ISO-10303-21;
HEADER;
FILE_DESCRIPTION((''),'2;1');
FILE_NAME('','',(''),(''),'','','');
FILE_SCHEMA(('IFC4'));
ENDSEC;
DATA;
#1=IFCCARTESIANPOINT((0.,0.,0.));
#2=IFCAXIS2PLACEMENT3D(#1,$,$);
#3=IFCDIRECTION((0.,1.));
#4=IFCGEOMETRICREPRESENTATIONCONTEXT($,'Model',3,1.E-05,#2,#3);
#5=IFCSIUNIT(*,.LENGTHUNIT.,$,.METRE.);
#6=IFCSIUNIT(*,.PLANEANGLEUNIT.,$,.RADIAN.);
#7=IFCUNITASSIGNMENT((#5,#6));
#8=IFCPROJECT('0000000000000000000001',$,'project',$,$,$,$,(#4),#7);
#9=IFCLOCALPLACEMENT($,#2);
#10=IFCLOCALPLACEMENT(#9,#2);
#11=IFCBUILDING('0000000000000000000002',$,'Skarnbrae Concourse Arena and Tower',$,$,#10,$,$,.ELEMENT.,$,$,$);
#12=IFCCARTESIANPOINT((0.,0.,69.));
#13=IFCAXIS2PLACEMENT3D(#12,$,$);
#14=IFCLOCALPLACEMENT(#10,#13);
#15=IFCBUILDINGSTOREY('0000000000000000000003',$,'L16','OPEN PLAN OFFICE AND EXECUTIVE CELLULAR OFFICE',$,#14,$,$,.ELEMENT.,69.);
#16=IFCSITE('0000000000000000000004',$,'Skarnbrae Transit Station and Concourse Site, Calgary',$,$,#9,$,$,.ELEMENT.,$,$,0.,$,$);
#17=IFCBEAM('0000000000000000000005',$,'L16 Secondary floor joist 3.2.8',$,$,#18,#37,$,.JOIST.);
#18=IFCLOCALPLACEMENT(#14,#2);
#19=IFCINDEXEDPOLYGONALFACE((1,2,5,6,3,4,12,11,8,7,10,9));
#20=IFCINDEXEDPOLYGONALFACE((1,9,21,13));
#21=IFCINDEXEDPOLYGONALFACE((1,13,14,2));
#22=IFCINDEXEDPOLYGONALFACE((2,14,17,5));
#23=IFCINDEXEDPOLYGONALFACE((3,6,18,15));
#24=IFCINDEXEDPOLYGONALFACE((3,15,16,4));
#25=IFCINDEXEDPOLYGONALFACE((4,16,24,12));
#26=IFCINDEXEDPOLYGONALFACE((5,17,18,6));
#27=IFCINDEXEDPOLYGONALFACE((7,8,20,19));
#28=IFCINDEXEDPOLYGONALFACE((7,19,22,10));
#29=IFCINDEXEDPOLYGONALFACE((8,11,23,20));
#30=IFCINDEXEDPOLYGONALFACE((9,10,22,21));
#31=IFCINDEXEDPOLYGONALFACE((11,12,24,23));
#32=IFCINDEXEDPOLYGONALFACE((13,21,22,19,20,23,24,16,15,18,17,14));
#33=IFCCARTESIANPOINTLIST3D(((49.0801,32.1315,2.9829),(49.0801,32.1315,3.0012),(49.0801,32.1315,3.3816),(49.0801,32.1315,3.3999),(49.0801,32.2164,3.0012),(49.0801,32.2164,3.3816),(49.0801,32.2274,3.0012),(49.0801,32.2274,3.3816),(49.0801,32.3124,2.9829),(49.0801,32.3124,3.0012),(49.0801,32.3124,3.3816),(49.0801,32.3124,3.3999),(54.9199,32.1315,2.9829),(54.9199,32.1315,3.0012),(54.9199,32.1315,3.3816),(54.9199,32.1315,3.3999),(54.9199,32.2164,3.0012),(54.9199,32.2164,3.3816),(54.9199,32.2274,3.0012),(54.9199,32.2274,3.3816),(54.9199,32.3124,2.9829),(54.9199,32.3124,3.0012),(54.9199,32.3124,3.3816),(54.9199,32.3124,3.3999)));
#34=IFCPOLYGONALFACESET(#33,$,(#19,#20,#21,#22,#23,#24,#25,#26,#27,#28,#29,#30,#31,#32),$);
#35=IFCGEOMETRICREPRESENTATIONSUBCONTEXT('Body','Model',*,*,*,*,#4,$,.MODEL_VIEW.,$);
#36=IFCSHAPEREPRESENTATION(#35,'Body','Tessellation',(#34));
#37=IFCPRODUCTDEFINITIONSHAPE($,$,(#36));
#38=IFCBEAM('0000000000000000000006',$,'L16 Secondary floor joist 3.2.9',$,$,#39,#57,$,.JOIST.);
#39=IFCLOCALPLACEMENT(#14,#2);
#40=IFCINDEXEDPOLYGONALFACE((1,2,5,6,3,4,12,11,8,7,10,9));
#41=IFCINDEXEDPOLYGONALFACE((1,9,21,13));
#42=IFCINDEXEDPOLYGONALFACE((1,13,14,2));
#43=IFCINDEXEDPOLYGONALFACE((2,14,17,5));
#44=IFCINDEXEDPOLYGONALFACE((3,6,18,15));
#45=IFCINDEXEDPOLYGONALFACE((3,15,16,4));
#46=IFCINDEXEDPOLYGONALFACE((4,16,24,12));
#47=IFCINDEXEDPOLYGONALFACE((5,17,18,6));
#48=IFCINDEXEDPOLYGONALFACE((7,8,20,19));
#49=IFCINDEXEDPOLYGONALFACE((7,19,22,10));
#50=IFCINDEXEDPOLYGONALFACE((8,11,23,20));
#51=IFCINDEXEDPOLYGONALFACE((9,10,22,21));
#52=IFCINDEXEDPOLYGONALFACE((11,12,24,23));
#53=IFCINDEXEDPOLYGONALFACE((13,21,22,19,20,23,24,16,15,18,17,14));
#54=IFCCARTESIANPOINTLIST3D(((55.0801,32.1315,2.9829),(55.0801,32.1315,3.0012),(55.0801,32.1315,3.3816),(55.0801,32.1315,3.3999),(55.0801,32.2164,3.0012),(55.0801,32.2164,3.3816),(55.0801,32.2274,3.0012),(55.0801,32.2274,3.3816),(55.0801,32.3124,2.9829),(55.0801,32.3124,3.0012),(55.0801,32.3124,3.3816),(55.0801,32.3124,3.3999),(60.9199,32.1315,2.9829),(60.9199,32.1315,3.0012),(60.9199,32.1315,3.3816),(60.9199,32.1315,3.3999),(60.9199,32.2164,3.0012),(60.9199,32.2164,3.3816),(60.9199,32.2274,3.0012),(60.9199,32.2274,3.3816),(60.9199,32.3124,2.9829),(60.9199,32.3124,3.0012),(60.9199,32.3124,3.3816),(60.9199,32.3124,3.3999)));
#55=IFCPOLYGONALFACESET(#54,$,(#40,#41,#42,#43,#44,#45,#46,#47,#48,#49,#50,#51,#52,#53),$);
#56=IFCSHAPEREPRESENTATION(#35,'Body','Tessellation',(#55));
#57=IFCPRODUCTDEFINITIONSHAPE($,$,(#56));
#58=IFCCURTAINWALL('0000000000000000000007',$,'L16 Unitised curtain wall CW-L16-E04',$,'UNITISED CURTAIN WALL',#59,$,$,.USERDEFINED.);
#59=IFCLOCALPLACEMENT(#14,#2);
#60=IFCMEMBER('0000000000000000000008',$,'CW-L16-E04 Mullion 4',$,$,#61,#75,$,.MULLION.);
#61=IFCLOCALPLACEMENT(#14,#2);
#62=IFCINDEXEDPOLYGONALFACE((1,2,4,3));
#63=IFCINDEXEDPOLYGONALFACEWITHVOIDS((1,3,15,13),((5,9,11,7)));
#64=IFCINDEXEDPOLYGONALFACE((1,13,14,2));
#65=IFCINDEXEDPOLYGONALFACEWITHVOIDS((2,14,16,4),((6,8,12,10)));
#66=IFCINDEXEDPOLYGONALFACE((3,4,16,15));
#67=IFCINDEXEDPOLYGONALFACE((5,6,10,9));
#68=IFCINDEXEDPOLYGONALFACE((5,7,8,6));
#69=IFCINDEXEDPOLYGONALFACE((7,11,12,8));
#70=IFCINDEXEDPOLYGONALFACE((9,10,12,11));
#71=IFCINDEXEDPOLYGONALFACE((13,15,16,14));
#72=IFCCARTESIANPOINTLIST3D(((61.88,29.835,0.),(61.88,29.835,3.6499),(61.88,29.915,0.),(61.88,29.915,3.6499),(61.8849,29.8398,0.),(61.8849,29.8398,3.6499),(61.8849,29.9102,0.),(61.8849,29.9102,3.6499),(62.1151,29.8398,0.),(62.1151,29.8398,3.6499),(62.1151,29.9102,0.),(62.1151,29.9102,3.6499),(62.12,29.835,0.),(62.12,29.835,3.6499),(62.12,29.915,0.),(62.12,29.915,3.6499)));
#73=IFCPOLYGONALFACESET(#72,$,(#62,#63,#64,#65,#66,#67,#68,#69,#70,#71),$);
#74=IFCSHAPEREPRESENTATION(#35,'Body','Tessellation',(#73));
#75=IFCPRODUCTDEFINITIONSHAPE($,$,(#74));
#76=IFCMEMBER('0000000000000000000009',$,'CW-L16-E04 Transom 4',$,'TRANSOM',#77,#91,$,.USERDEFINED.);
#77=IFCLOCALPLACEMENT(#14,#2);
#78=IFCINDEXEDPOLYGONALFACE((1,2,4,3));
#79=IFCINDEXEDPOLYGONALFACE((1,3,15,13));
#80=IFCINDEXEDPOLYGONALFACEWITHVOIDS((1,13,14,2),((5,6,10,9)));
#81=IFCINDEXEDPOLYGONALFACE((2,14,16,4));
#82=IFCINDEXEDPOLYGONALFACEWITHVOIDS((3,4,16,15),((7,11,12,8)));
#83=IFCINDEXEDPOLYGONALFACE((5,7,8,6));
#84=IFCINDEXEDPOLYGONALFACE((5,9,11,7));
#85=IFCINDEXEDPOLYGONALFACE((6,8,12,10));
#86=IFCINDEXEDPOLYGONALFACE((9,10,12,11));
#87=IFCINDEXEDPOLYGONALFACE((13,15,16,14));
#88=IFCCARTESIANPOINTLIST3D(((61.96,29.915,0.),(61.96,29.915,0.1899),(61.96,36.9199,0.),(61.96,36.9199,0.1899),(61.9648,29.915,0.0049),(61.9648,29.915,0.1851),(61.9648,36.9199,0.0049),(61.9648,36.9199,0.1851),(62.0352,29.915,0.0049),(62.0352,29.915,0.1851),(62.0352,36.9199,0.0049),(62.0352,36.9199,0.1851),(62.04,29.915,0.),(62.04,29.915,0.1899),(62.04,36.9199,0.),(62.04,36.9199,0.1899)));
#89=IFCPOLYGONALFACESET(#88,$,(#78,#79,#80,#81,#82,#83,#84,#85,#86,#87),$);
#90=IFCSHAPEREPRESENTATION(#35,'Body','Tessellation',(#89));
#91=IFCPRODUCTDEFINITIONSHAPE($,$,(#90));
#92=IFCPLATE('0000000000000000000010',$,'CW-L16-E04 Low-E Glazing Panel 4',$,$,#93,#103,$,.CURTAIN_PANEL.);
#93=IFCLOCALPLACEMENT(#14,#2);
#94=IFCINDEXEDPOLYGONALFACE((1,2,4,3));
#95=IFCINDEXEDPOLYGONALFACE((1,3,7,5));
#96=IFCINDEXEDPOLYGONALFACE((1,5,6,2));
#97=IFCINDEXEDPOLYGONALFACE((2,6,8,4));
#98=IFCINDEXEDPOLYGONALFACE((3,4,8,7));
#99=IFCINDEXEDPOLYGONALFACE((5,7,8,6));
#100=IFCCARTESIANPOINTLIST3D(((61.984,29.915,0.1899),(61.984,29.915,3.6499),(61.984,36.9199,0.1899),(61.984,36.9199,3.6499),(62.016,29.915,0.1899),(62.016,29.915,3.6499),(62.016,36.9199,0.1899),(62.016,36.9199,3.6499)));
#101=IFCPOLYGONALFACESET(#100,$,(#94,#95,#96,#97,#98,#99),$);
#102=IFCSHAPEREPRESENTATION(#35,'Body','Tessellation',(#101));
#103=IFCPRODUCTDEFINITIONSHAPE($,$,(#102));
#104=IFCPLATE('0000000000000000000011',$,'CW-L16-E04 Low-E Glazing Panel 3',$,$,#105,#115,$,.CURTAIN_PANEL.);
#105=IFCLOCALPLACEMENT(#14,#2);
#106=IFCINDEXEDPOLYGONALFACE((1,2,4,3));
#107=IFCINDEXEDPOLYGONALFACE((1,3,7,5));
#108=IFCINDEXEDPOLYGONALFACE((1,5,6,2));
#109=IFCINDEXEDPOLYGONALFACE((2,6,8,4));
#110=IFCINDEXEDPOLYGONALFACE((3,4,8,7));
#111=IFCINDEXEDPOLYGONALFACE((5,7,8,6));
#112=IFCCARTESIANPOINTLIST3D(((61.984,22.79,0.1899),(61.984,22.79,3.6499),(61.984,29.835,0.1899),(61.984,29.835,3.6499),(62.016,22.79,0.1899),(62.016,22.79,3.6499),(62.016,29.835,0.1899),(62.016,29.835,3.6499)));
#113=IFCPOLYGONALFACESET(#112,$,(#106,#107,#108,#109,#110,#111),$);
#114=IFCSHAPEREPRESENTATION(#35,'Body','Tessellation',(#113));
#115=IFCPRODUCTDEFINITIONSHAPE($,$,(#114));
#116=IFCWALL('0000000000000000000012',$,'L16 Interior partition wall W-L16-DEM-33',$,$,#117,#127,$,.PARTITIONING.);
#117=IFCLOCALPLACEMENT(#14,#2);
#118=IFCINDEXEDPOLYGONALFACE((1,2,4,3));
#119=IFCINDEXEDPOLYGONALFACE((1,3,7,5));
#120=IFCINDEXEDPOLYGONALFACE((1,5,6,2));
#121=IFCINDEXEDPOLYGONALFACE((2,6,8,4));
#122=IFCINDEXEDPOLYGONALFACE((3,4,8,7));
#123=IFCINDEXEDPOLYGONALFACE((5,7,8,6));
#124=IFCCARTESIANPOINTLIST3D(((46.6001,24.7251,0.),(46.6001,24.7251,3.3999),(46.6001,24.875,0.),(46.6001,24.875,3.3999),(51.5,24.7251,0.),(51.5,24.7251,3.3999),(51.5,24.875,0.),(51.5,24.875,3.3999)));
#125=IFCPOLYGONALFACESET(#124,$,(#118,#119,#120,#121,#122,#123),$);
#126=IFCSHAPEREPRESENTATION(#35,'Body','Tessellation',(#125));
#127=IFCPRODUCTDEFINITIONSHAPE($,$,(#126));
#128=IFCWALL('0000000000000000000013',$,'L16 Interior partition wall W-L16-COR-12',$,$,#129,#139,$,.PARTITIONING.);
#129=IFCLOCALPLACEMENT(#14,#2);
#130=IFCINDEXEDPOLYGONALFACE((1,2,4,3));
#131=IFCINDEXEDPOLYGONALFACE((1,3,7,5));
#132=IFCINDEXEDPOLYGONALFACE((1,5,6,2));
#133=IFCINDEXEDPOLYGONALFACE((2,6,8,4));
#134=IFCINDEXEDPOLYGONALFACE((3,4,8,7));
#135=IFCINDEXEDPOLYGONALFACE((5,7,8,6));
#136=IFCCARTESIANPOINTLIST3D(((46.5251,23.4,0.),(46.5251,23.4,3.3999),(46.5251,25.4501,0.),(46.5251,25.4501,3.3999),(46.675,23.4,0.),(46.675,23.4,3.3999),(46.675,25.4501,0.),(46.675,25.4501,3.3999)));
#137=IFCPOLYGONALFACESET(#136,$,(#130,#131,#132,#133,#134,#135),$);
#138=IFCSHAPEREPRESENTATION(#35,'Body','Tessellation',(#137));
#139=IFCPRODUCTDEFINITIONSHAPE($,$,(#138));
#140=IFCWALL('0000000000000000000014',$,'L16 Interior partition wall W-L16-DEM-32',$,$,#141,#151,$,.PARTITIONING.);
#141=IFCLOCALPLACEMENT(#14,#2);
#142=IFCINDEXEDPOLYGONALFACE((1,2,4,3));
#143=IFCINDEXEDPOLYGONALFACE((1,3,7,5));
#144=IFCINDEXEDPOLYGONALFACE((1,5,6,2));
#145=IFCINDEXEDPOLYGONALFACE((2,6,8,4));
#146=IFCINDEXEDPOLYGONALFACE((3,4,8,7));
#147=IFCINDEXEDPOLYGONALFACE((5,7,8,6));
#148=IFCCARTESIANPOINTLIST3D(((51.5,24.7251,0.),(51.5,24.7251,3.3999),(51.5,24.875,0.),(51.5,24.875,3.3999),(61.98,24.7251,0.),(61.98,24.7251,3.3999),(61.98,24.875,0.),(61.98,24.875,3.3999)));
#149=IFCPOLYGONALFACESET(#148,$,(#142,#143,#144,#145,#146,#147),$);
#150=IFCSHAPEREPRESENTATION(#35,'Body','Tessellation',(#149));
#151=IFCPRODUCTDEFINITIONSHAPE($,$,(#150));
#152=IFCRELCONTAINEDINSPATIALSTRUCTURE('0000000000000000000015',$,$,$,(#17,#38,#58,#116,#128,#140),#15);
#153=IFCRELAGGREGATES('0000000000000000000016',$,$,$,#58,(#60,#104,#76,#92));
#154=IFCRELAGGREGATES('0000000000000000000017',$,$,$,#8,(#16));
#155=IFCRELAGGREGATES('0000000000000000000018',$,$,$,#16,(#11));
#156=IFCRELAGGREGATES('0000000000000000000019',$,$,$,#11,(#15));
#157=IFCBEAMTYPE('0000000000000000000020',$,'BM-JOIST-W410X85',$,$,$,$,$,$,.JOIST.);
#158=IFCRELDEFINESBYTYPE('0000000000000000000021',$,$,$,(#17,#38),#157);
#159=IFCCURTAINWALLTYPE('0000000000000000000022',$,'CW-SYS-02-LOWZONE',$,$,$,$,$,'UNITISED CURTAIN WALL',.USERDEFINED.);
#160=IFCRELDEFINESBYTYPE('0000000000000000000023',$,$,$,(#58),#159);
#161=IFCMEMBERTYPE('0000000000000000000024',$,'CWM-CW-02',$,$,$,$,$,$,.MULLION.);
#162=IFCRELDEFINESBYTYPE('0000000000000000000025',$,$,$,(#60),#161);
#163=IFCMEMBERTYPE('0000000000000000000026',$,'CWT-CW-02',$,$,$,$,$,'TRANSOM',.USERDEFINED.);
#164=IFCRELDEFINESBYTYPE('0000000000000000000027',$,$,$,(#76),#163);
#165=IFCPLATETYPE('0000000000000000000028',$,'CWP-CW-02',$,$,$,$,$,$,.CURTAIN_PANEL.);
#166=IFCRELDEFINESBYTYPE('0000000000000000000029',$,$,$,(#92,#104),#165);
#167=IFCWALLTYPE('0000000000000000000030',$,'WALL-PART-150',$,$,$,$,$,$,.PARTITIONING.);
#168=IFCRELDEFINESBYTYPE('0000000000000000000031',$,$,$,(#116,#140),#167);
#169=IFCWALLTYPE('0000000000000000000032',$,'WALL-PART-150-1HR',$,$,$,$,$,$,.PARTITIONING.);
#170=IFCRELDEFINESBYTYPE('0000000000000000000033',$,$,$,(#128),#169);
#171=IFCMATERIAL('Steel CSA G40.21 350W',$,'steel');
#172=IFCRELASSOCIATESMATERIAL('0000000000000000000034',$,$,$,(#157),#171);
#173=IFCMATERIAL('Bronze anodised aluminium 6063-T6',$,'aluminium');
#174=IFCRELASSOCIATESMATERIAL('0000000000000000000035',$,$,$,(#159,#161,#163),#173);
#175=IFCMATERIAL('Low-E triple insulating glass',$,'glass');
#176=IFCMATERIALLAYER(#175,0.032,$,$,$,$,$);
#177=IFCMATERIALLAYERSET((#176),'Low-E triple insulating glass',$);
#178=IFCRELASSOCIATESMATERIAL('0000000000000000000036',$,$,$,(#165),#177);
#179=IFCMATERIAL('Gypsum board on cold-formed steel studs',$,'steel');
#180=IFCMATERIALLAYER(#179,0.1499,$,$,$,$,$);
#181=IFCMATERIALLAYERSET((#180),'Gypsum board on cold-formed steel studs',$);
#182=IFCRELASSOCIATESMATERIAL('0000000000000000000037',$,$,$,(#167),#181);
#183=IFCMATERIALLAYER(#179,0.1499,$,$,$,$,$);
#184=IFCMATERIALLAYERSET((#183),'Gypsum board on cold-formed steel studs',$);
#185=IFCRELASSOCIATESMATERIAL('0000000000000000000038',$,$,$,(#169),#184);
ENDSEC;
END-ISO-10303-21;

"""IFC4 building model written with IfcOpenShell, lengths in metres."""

from ifc_helpers import new_model, si_unit, direction, frame, frame_2d, origin, origin_2d, place, context, subcontext, project, spatial, rectangle, hollow_rectangle, i_section, extrude, source, transform, mapped, material, layer, layer_set, material_profile, profile_set, type_object, element, aggregate, save


model = new_model("IFC4")

# Units and contexts
model_context = context("Model", 3, precision=1e-05, world=origin(), true_north=direction((0.0, 1.0)))
body_context = subcontext(model_context, "Body", "Model", "MODEL_VIEW")
ifc_project = project(units=[si_unit("LENGTHUNIT", "METRE"), si_unit("PLANEANGLEUNIT", "RADIAN")], contexts=[model_context])

# Site, building, storey
site_placement = place(None, origin())
site = spatial("IfcSite", under=ifc_project, at=site_placement, Name="Skarnbrae Transit Station and Concourse Site, Calgary", CompositionType="ELEMENT", RefElevation=0.0)
building_placement = place(site_placement, origin())
building = spatial("IfcBuilding", under=site, at=building_placement, Name="Skarnbrae Concourse Arena and Tower", CompositionType="ELEMENT")
storey_placement = place(building_placement, frame((0.0, 0.0, 69.0)))
storey = spatial("IfcBuildingStorey", under=building, at=storey_placement, Name="L16", Description="OPEN PLAN OFFICE AND EXECUTIVE CELLULAR OFFICE", CompositionType="ELEMENT", Elevation=69.0)

# Shared definitions
ifc_material_1 = material(Name="Steel CSA G40.21 350W", Category="steel")

# Beams
ifc_material_profile_1 = material_profile(ifc_material_1, i_section(OverallWidth=0.1809, OverallDepth=0.417, WebThickness=0.011, FlangeThickness=0.0183, at=origin_2d()), Name="W410X85")
ifc_profile_set_1 = profile_set([ifc_material_profile_1], Name="Steel CSA G40.21 350W")
beam_type_1 = type_object("IfcBeamType", Name="BM-JOIST-W410X85", PredefinedType="JOIST", material=ifc_profile_set_1)
shared_shape_1 = source(origin(), body_context, "Body", "SweptSolid", [
    extrude(i_section(OverallWidth=0.1809, OverallDepth=0.417, WebThickness=0.011, FlangeThickness=0.0183, at=origin_2d()), origin(), (0.0, 0.0, 1.0), 5.8398),
])
for number, where, z_axis, x_axis, name in (
    (1, (49.0801, 32.2219, 3.1914), (1.0, 0.0, 0.0), (0.0, 1.0, 0.0), "L16 Secondary floor joist 3.2.8"),
    (2, (55.0801, 32.2219, 3.1914), (1.0, 0.0, 0.0), (0.0, 1.0, 0.0), "L16 Secondary floor joist 3.2.9"),
):
    element("IfcBeam", number, at=place(storey_placement, frame(where, z_axis=z_axis, x_axis=x_axis)), inside=storey, type_object=beam_type_1, Name=name, PredefinedType="JOIST", context=body_context, shape_type="MappedRepresentation", body=[
        mapped(shared_shape_1, transform((0.0, 0.0, 0.0))),
    ])

# Curtain wall, members, plates
ifc_material_2 = material(Name="Bronze anodised aluminium 6063-T6", Category="aluminium")
curtain_wall_type = type_object("IfcCurtainWallType", Name="CW-SYS-02-LOWZONE", ElementType="UNITISED CURTAIN WALL", PredefinedType="USERDEFINED", material=ifc_material_2)
curtain_wall_placement = place(storey_placement, origin())
curtain_wall = element("IfcCurtainWall", 3, at=curtain_wall_placement, inside=storey, type_object=curtain_wall_type, Name="L16 Unitised curtain wall CW-L16-E04", ObjectType="UNITISED CURTAIN WALL", PredefinedType="USERDEFINED")
ifc_material_profile_2 = material_profile(ifc_material_2, hollow_rectangle(XDim=0.0801, YDim=0.24, WallThickness=0.0049, at=origin_2d()), Name="ALU-MULL-80X240")
ifc_profile_set_2 = profile_set([ifc_material_profile_2], Name="Bronze anodised aluminium 6063-T6")
member_type_1 = type_object("IfcMemberType", Name="CWM-CW-02", PredefinedType="MULLION", material=ifc_profile_set_2)
shared_shape_2 = source(origin(), body_context, "Body", "SweptSolid", [
    extrude(hollow_rectangle(XDim=0.0801, YDim=0.24, WallThickness=0.0049, at=origin_2d()), origin(), (0.0, 0.0, 1.0), 3.6499),
])
member_1_placement = place(storey_placement, frame((62.0, 29.875, 0.0), z_axis=(0.0, 0.0, 1.0), x_axis=(0.0, 1.0, 0.0)))
member_1 = element("IfcMember", 4, at=member_1_placement, type_object=member_type_1, Name="CW-L16-E04 Mullion 4", PredefinedType="MULLION", context=body_context, shape_type="MappedRepresentation", body=[
    mapped(shared_shape_2, transform((0.0, 0.0, 0.0))),
])
ifc_material_profile_3 = material_profile(ifc_material_2, hollow_rectangle(XDim=0.0801, YDim=0.1899, WallThickness=0.0049, at=origin_2d()), Name="ALU-TRAN-80X190")
ifc_profile_set_3 = profile_set([ifc_material_profile_3], Name="Bronze anodised aluminium 6063-T6")
member_type_2 = type_object("IfcMemberType", Name="CWT-CW-02", ElementType="TRANSOM", PredefinedType="USERDEFINED", material=ifc_profile_set_3)
shared_shape_3 = source(origin(), body_context, "Body", "SweptSolid", [
    extrude(hollow_rectangle(XDim=0.0801, YDim=0.1899, WallThickness=0.0049, at=origin_2d()), origin(), (0.0, 0.0, 1.0), 7.0049),
])
member_2_placement = place(storey_placement, frame((62.0, 29.915, 0.095), z_axis=(0.0, 1.0, 0.0), x_axis=(-1.0, 0.0, 0.0)))
member_2 = element("IfcMember", 5, at=member_2_placement, type_object=member_type_2, Name="CW-L16-E04 Transom 4", ObjectType="TRANSOM", PredefinedType="USERDEFINED", context=body_context, shape_type="MappedRepresentation", body=[
    mapped(shared_shape_3, transform((0.0, 0.0, 0.0))),
])
ifc_material_3 = material(Name="Low-E triple insulating glass", Category="glass")
ifc_layer_1 = layer(ifc_material_3, 0.032)
ifc_layer_set_1 = layer_set([ifc_layer_1], Name="Low-E triple insulating glass")
plate_type = type_object("IfcPlateType", Name="CWP-CW-02", PredefinedType="CURTAIN_PANEL", material=ifc_layer_set_1)
shared_shape_4 = source(origin(), body_context, "Body", "SweptSolid", [
    extrude(rectangle(XDim=7.0049, YDim=0.032, at=origin_2d()), origin(), (0.0, 0.0, 1.0), 3.46),
])
plate_1_placement = place(storey_placement, frame((62.0, 33.4175, 0.1899), z_axis=(0.0, 0.0, 1.0), x_axis=(0.0, 1.0, 0.0)))
plate_1 = element("IfcPlate", 6, at=plate_1_placement, type_object=plate_type, Name="CW-L16-E04 Low-E Glazing Panel 4", PredefinedType="CURTAIN_PANEL", context=body_context, shape_type="MappedRepresentation", body=[
    mapped(shared_shape_4, transform((0.0, 0.0, 0.0))),
])
shared_shape_5 = source(origin(), body_context, "Body", "SweptSolid", [
    extrude(rectangle(XDim=7.0449, YDim=0.032, at=origin_2d()), origin(), (0.0, 0.0, 1.0), 3.46),
])
plate_2_placement = place(storey_placement, frame((62.0, 26.3125, 0.1899), z_axis=(0.0, 0.0, 1.0), x_axis=(0.0, 1.0, 0.0)))
plate_2 = element("IfcPlate", 7, at=plate_2_placement, type_object=plate_type, Name="CW-L16-E04 Low-E Glazing Panel 3", PredefinedType="CURTAIN_PANEL", context=body_context, shape_type="MappedRepresentation", body=[
    mapped(shared_shape_5, transform((0.0, 0.0, 0.0))),
])
aggregate(curtain_wall, [member_1, plate_2, member_2, plate_1])

# Walls
ifc_material_4 = material(Name="Gypsum board on cold-formed steel studs", Category="steel")
ifc_layer_2 = layer(ifc_material_4, 0.1499)
ifc_layer_set_2 = layer_set([ifc_layer_2], Name="Gypsum board on cold-formed steel studs")
wall_type_1 = type_object("IfcWallType", Name="WALL-PART-150", PredefinedType="PARTITIONING", material=ifc_layer_set_2)
shared_shape_6 = source(origin(), body_context, "Body", "SweptSolid", [
    extrude(rectangle(XDim=4.8999, YDim=0.1499, at=frame_2d((2.45, 0.0))), origin(), (0.0, 0.0, 1.0), 3.3999),
])
wall_1_placement = place(storey_placement, frame((51.5, 24.8, 0.0), z_axis=(0.0, 0.0, 1.0), x_axis=(-1.0, 0.0, 0.0)))
element("IfcWall", 8, at=wall_1_placement, inside=storey, type_object=wall_type_1, Name="L16 Interior partition wall W-L16-DEM-33", PredefinedType="PARTITIONING", context=body_context, shape_type="MappedRepresentation", body=[
    mapped(shared_shape_6, transform((0.0, 0.0, 0.0))),
])
ifc_layer_3 = layer(ifc_material_4, 0.1499)
ifc_layer_set_3 = layer_set([ifc_layer_3], Name="Gypsum board on cold-formed steel studs")
wall_type_2 = type_object("IfcWallType", Name="WALL-PART-150-1HR", PredefinedType="PARTITIONING", material=ifc_layer_set_3)
shared_shape_7 = source(origin(), body_context, "Body", "SweptSolid", [
    extrude(rectangle(XDim=2.05, YDim=0.1499, at=frame_2d((1.0249, 0.0))), origin(), (0.0, 0.0, 1.0), 3.3999),
])
wall_2_placement = place(storey_placement, frame((46.6001, 25.45, 0.0), z_axis=(0.0, 0.0, 1.0), x_axis=(0.0, -1.0, 0.0)))
element("IfcWall", 9, at=wall_2_placement, inside=storey, type_object=wall_type_2, Name="L16 Interior partition wall W-L16-COR-12", PredefinedType="PARTITIONING", context=body_context, shape_type="MappedRepresentation", body=[
    mapped(shared_shape_7, transform((0.0, 0.0, 0.0))),
])
shared_shape_8 = source(origin(), body_context, "Body", "SweptSolid", [
    extrude(rectangle(XDim=10.48, YDim=0.1499, at=frame_2d((5.24, 0.0))), origin(), (0.0, 0.0, 1.0), 3.3999),
])
wall_3_placement = place(storey_placement, frame((61.98, 24.8, 0.0), z_axis=(0.0, 0.0, 1.0), x_axis=(-1.0, 0.0, 0.0)))
element("IfcWall", 10, at=wall_3_placement, inside=storey, type_object=wall_type_1, Name="L16 Interior partition wall W-L16-DEM-32", PredefinedType="PARTITIONING", context=body_context, shape_type="MappedRepresentation", body=[
    mapped(shared_shape_8, transform((0.0, 0.0, 0.0))),
])

save(model, "model.ifc")
